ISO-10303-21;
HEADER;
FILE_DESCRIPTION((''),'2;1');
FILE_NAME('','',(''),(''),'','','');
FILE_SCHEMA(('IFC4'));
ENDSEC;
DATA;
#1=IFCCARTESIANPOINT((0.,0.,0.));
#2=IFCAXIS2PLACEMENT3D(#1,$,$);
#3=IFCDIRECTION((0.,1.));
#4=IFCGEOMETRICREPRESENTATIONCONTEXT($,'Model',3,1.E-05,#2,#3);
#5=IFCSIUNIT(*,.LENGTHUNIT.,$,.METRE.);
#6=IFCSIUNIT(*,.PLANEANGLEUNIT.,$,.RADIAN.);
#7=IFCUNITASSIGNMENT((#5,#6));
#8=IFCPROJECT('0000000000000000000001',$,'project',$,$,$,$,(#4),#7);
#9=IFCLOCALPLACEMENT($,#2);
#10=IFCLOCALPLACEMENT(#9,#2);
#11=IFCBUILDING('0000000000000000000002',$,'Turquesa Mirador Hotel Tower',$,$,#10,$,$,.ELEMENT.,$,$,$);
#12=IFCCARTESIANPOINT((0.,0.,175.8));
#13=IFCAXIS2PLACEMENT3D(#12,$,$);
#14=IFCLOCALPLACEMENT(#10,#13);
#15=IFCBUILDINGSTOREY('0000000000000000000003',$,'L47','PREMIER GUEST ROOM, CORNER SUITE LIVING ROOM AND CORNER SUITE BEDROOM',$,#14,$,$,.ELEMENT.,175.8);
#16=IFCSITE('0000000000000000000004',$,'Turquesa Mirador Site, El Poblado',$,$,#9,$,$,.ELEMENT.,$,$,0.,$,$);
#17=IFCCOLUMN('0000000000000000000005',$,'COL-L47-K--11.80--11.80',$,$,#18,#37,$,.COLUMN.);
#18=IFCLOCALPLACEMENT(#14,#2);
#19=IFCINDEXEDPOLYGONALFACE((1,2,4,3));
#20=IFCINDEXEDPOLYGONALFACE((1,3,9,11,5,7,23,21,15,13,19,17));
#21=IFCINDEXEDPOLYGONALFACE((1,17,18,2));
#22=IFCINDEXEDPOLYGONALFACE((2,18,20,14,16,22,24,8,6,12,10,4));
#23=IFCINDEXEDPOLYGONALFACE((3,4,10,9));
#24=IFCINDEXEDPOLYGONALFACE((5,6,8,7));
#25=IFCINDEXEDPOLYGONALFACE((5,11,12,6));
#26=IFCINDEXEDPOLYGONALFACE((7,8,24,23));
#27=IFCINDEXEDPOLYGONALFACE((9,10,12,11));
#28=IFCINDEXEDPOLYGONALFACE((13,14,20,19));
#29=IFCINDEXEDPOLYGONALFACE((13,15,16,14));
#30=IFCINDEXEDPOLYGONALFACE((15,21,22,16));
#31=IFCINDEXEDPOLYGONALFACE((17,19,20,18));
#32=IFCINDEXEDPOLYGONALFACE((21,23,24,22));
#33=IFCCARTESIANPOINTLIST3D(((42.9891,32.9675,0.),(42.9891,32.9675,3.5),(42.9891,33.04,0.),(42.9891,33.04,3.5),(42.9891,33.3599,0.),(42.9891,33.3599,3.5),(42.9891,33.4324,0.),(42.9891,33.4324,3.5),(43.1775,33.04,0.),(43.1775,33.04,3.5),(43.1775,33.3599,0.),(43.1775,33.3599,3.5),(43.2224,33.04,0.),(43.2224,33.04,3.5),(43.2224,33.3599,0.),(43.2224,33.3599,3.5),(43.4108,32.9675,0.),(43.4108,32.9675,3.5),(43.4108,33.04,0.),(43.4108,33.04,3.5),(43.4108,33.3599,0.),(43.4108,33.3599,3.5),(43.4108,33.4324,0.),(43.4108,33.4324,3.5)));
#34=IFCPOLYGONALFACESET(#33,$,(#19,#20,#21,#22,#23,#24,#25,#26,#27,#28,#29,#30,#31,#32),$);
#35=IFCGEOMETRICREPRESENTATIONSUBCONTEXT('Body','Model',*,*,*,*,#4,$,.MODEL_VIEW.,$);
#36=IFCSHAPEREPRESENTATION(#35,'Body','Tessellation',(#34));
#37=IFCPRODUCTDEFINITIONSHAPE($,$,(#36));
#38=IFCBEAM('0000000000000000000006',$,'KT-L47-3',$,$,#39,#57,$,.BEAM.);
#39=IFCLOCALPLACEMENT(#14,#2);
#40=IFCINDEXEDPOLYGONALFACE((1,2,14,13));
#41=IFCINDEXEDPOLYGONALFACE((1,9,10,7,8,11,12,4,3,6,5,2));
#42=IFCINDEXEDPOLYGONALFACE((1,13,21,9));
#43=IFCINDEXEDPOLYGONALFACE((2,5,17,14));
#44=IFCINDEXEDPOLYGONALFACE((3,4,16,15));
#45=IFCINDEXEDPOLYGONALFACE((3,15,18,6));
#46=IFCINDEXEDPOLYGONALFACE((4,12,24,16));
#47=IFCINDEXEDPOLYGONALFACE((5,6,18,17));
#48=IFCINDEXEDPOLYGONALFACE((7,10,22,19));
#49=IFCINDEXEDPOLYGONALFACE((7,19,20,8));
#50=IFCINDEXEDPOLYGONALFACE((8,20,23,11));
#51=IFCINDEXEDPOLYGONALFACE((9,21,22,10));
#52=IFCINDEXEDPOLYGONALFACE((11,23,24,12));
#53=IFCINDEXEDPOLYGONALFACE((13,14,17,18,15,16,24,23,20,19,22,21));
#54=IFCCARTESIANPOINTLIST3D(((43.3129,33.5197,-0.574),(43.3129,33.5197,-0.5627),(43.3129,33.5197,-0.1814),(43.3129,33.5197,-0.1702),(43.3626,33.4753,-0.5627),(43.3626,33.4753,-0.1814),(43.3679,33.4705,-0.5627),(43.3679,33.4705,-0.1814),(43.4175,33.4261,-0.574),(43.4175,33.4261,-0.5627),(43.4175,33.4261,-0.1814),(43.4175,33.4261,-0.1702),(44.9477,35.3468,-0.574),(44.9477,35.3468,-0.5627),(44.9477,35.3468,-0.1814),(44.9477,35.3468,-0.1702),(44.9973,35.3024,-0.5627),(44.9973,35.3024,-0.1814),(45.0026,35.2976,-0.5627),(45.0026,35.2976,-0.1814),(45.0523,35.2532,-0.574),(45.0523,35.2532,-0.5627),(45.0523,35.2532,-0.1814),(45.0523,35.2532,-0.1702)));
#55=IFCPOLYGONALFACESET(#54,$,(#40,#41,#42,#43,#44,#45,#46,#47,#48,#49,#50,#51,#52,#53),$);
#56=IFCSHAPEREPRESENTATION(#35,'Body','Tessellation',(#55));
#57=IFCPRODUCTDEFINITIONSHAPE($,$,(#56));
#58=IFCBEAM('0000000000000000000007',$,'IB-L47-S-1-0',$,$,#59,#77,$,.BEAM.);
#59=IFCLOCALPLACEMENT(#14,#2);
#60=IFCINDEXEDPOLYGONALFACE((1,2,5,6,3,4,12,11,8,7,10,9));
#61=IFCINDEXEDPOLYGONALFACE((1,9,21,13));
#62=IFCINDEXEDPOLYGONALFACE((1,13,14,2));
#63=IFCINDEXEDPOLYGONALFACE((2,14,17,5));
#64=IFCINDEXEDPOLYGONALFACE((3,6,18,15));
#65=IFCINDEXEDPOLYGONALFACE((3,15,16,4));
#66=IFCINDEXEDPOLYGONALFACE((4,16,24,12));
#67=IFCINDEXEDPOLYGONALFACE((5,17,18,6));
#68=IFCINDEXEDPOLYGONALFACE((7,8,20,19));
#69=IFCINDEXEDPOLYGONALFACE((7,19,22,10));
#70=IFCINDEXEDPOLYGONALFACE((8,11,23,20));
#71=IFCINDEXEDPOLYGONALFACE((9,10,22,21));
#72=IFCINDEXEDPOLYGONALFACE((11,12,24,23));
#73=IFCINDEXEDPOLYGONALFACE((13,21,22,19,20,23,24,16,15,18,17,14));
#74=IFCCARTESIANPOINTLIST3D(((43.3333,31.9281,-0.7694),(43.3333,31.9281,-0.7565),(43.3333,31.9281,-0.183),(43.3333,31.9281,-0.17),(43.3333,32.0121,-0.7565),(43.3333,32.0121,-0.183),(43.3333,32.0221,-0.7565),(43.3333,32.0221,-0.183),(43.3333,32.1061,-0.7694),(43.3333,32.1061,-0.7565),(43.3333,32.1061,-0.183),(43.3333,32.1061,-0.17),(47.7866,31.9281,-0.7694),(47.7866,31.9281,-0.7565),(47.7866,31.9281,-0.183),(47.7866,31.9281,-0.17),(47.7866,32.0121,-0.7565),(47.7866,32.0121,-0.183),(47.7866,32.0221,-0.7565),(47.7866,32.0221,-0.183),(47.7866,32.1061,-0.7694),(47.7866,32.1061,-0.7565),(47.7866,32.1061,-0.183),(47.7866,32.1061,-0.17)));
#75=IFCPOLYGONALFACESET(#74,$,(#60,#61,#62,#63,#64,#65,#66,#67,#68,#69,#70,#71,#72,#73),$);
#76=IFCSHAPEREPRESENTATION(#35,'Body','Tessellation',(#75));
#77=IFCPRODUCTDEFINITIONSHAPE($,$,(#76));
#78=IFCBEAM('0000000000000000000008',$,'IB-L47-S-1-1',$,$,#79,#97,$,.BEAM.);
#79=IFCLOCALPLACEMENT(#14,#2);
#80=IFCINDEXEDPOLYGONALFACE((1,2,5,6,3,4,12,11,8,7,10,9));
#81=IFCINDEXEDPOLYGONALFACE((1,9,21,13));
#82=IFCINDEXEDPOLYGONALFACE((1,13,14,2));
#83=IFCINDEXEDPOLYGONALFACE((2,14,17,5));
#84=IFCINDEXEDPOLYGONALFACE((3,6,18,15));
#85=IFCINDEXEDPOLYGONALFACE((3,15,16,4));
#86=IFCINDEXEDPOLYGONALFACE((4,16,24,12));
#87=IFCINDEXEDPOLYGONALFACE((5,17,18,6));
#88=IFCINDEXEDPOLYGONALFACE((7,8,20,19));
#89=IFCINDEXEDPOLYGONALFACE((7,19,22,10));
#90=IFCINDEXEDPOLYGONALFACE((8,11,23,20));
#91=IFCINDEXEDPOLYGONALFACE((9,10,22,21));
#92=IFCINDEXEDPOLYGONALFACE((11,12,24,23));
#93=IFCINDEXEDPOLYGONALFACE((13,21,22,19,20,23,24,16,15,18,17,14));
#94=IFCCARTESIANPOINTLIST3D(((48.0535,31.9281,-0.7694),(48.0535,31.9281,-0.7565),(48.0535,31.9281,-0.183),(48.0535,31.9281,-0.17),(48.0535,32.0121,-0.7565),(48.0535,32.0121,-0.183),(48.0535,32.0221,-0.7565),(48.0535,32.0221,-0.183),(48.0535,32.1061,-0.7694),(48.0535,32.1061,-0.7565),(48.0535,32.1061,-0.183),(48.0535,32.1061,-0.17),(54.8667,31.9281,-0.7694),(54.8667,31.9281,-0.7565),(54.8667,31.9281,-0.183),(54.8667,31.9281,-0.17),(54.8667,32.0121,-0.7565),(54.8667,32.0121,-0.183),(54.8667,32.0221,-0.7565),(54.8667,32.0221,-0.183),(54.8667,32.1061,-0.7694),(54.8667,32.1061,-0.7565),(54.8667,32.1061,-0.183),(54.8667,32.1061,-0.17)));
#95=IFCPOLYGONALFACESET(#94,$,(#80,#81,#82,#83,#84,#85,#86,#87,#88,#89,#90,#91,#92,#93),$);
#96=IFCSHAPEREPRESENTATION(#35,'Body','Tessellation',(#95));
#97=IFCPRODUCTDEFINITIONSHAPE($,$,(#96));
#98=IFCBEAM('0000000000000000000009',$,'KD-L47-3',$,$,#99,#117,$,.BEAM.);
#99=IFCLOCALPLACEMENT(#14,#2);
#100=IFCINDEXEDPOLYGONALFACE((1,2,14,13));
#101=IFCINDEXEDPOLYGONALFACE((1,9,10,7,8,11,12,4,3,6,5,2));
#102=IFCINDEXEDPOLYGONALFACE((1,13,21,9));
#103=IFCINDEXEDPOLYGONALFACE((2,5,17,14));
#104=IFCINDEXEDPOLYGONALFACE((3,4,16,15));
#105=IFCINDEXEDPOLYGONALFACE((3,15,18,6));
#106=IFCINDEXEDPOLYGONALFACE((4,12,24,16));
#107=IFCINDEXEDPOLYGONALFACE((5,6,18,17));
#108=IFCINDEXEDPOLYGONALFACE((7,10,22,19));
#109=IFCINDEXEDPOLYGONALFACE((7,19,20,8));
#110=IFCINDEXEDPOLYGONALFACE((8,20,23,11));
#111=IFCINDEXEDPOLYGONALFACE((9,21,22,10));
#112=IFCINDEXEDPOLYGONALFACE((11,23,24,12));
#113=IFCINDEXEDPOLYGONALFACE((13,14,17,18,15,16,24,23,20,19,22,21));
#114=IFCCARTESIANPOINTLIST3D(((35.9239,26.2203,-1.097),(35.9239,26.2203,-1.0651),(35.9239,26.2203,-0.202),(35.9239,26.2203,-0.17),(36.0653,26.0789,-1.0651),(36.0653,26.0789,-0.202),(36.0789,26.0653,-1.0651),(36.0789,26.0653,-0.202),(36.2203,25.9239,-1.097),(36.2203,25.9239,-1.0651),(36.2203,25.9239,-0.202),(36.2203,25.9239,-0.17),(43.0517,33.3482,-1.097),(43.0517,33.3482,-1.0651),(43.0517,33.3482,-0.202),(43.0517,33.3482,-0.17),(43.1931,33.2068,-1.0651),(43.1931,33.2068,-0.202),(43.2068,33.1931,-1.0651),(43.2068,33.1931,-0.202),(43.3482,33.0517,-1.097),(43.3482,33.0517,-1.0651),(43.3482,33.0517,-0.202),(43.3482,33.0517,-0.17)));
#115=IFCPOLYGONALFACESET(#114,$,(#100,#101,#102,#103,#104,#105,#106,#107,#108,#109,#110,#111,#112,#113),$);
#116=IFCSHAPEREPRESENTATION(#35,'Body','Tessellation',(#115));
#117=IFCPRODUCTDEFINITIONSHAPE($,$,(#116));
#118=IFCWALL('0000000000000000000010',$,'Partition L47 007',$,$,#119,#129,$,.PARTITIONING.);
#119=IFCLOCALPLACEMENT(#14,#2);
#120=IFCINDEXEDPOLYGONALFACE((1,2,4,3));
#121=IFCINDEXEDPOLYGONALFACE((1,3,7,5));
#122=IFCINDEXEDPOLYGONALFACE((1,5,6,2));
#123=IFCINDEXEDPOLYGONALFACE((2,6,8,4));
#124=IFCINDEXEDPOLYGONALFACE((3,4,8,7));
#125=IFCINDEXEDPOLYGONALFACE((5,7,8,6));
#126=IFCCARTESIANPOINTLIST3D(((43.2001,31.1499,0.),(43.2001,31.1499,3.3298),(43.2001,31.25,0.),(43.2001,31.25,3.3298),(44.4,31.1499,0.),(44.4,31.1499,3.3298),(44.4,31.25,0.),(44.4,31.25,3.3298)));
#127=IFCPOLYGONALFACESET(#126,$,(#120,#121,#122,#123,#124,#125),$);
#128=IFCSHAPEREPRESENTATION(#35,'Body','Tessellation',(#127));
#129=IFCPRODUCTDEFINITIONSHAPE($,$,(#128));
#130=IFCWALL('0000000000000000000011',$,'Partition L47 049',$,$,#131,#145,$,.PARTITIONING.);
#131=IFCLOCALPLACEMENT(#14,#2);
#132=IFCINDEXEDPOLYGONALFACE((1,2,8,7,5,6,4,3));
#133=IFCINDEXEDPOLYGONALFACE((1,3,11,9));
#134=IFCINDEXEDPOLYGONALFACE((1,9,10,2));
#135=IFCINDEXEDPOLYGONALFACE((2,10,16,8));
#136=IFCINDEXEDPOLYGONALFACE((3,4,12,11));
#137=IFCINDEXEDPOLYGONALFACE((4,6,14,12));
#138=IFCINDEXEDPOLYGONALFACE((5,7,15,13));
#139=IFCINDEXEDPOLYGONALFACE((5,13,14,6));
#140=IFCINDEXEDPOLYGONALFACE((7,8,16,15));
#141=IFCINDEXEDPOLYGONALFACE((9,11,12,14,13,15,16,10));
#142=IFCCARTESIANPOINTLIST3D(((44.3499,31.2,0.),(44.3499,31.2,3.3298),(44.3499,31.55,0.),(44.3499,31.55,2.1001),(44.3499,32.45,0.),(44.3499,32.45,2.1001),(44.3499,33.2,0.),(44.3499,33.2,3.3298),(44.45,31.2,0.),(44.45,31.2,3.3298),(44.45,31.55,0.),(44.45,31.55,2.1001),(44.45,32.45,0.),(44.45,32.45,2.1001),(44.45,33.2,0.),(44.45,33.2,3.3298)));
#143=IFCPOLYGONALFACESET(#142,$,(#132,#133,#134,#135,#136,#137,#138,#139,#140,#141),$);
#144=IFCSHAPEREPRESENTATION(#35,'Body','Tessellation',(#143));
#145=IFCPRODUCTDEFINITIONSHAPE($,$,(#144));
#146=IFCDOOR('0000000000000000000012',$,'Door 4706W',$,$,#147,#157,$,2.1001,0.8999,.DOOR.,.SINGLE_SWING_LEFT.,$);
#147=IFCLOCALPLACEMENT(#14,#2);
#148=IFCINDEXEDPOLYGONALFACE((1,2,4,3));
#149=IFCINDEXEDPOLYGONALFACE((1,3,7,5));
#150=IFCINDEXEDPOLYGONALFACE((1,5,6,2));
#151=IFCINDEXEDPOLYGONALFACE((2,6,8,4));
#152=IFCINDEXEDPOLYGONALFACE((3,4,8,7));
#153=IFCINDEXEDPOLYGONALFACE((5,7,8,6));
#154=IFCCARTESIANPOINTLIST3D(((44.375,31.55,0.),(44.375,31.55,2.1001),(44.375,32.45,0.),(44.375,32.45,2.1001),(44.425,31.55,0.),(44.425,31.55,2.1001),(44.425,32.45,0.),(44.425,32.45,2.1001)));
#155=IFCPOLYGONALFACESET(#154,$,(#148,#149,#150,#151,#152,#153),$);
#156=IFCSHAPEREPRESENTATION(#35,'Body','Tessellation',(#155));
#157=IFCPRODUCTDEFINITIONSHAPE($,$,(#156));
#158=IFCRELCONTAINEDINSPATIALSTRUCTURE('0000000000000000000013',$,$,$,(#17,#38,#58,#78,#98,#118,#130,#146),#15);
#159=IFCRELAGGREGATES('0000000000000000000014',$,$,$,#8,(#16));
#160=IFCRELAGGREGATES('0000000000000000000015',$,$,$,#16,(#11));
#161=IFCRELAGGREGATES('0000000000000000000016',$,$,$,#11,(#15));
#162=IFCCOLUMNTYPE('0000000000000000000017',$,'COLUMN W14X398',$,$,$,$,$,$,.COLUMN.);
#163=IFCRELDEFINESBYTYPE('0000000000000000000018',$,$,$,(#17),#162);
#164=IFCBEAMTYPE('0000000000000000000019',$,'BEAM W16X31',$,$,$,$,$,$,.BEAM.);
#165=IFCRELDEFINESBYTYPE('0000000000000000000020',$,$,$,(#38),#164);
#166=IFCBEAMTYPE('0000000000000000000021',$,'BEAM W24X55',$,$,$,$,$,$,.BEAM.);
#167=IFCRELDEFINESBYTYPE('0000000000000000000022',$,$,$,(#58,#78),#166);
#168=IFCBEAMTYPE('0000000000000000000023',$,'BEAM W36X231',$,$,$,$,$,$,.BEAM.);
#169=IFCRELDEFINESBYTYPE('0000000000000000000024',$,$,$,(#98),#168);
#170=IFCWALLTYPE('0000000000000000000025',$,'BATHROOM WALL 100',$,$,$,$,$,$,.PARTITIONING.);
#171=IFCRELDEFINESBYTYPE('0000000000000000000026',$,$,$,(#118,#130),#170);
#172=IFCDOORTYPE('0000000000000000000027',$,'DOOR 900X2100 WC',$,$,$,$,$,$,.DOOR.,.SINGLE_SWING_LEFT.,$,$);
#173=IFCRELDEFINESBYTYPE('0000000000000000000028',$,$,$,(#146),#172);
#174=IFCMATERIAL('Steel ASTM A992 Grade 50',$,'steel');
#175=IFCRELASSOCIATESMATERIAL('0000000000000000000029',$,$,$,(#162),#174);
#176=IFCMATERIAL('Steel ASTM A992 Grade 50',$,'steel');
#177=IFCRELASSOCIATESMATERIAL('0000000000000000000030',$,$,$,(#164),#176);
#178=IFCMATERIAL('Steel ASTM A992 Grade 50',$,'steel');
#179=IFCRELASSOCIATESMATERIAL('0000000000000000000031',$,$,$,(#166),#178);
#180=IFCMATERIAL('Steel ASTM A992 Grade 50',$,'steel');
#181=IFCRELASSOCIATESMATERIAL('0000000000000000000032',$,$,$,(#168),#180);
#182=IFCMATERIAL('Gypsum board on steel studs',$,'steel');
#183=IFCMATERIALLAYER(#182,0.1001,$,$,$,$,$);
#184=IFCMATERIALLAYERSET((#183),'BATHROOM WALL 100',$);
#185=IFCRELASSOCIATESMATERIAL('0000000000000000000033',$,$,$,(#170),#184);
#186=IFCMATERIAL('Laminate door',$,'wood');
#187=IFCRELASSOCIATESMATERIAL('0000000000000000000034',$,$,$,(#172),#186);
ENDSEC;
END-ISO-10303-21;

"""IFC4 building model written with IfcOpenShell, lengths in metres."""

from ifc_helpers import new_model, si_unit, direction, frame, frame_2d, origin, origin_2d, place, context, subcontext, project, spatial, rectangle, i_section, extrude, material, layer, layer_set, material_profile, profile_set, type_object, element, fill, save


model = new_model("IFC4")

# Units and contexts
model_context = context("Model", 3, precision=1e-05, world=origin(), true_north=direction((0.0, 1.0)))
body_context = subcontext(model_context, "Body", "Model", "MODEL_VIEW")
ifc_project = project(units=[si_unit("LENGTHUNIT", "METRE"), si_unit("PLANEANGLEUNIT", "RADIAN")], contexts=[model_context])

# Site, building, storey
site_placement = place(None, origin())
site = spatial("IfcSite", under=ifc_project, at=site_placement, Name="Turquesa Mirador Site, El Poblado", CompositionType="ELEMENT", RefElevation=0.0)
building_placement = place(site_placement, origin())
building = spatial("IfcBuilding", under=site, at=building_placement, Name="Turquesa Mirador Hotel Tower", CompositionType="ELEMENT")
storey_placement = place(building_placement, frame((0.0, 0.0, 175.8)))
storey = spatial("IfcBuildingStorey", under=building, at=storey_placement, Name="L47", Description="PREMIER GUEST ROOM, CORNER SUITE LIVING ROOM AND CORNER SUITE BEDROOM", CompositionType="ELEMENT", Elevation=175.8)

# Column
ifc_material_1 = material(Name="Steel ASTM A992 Grade 50", Category="steel")
ifc_material_profile_1 = material_profile(ifc_material_1, i_section(OverallWidth=0.4216, OverallDepth=0.4648, WebThickness=0.0449, FlangeThickness=0.0725, at=origin_2d()), Name="W14X398")
ifc_profile_set_1 = profile_set([ifc_material_profile_1], Name="Steel ASTM A992 Grade 50")
column_type = type_object("IfcColumnType", Name="COLUMN W14X398", PredefinedType="COLUMN", material=ifc_profile_set_1)
column_placement = place(storey_placement, frame((43.2, 33.2, 0.0), z_axis=(0.0, 0.0, 1.0), x_axis=(1.0, 0.0, 0.0)))
element("IfcColumn", 1, at=column_placement, inside=storey, type_object=column_type, Name="COL-L47-K--11.80--11.80", PredefinedType="COLUMN", context=body_context, shape_type="SweptSolid", body=[
    extrude(i_section(OverallWidth=0.4216, OverallDepth=0.4648, WebThickness=0.0449, FlangeThickness=0.0725, at=origin_2d()), origin(), (0.0, 0.0, 1.0), 3.5),
])

# Beams
ifc_material_2 = material(Name="Steel ASTM A992 Grade 50", Category="steel")
ifc_material_profile_2 = material_profile(ifc_material_2, i_section(OverallWidth=0.1404, OverallDepth=0.4038, WebThickness=0.0071, FlangeThickness=0.0112, at=origin_2d()), Name="W16X31")
ifc_profile_set_2 = profile_set([ifc_material_profile_2], Name="Steel ASTM A992 Grade 50")
beam_type_1 = type_object("IfcBeamType", Name="BEAM W16X31", PredefinedType="BEAM", material=ifc_profile_set_2)
beam_1_placement = place(storey_placement, frame((43.3652, 33.4729, -0.3721), z_axis=(0.666783, 0.745252, 0.0), x_axis=(-0.745252, 0.666783, 0.0)))
element("IfcBeam", 2, at=beam_1_placement, inside=storey, type_object=beam_type_1, Name="KT-L47-3", PredefinedType="BEAM", context=body_context, shape_type="SweptSolid", body=[
    extrude(i_section(OverallWidth=0.1404, OverallDepth=0.4038, WebThickness=0.0071, FlangeThickness=0.0112, at=origin_2d()), origin(), (0.0, 0.0, 1.0), 2.4517),
])
ifc_material_3 = material(Name="Steel ASTM A992 Grade 50", Category="steel")
ifc_material_profile_3 = material_profile(ifc_material_3, i_section(OverallWidth=0.178, OverallDepth=0.5994, WebThickness=0.01, FlangeThickness=0.0129, at=origin_2d()), Name="W24X55")
ifc_profile_set_3 = profile_set([ifc_material_profile_3], Name="Steel ASTM A992 Grade 50")
beam_type_2 = type_object("IfcBeamType", Name="BEAM W24X55", PredefinedType="BEAM", material=ifc_profile_set_3)
beam_2_placement = place(storey_placement, frame((43.3333, 32.0171, -0.4697), z_axis=(1.0, 0.0, 0.0), x_axis=(0.0, 1.0, 0.0)))
element("IfcBeam", 3, at=beam_2_placement, inside=storey, type_object=beam_type_2, Name="IB-L47-S-1-0", PredefinedType="BEAM", context=body_context, shape_type="SweptSolid", body=[
    extrude(i_section(OverallWidth=0.178, OverallDepth=0.5994, WebThickness=0.01, FlangeThickness=0.0129, at=origin_2d()), origin(), (0.0, 0.0, 1.0), 4.4534),
])
beam_3_placement = place(storey_placement, frame((48.0535, 32.0171, -0.4697), z_axis=(1.0, 0.0, 0.0), x_axis=(0.0, 1.0, 0.0)))
element("IfcBeam", 4, at=beam_3_placement, inside=storey, type_object=beam_type_2, Name="IB-L47-S-1-1", PredefinedType="BEAM", context=body_context, shape_type="SweptSolid", body=[
    extrude(i_section(OverallWidth=0.178, OverallDepth=0.5994, WebThickness=0.01, FlangeThickness=0.0129, at=origin_2d()), origin(), (0.0, 0.0, 1.0), 6.8132),
])
ifc_material_4 = material(Name="Steel ASTM A992 Grade 50", Category="steel")
ifc_material_profile_4 = material_profile(ifc_material_4, i_section(OverallWidth=0.4192, OverallDepth=0.927, WebThickness=0.0193, FlangeThickness=0.032, at=origin_2d()), Name="W36X231")
ifc_profile_set_4 = profile_set([ifc_material_profile_4], Name="Steel ASTM A992 Grade 50")
beam_type_3 = type_object("IfcBeamType", Name="BEAM W36X231", PredefinedType="BEAM", material=ifc_profile_set_4)
beam_4_placement = place(storey_placement, frame((43.2, 33.2, -0.6335), z_axis=(-0.707107, -0.707107, 0.0), x_axis=(0.707107, -0.707107, 0.0)))
element("IfcBeam", 5, at=beam_4_placement, inside=storey, type_object=beam_type_3, Name="KD-L47-3", PredefinedType="BEAM", context=body_context, shape_type="SweptSolid", body=[
    extrude(i_section(OverallWidth=0.4192, OverallDepth=0.927, WebThickness=0.0193, FlangeThickness=0.032, at=origin_2d()), origin(), (0.0, 0.0, 1.0), 10.0803),
])

# Wall
ifc_material_5 = material(Name="Gypsum board on steel studs", Category="steel")
ifc_layer_1 = layer(ifc_material_5, 0.1001)
ifc_layer_set_1 = layer_set([ifc_layer_1], Name="BATHROOM WALL 100")
wall_type_1 = type_object("IfcWallType", Name="BATHROOM WALL 100", PredefinedType="PARTITIONING", material=ifc_layer_set_1)
wall_1_placement = place(storey_placement, frame((43.2, 31.2, 0.0), z_axis=(0.0, 0.0, 1.0), x_axis=(1.0, 0.0, 0.0)))
element("IfcWall", 6, at=wall_1_placement, inside=storey, type_object=wall_type_1, Name="Partition L47 007", PredefinedType="PARTITIONING", context=body_context, shape_type="SweptSolid", body=[
    extrude(rectangle(XDim=1.2, YDim=0.1001, at=frame_2d((0.6001, 0.0))), origin(), (0.0, 0.0, 1.0), 3.3298),
])

# Wall, opening, door
wall_2_placement = place(storey_placement, frame((44.3999, 31.2, 0.0), z_axis=(0.0, 0.0, 1.0), x_axis=(0.0, 1.0, 0.0)))
wall_2 = element("IfcWall", 7, at=wall_2_placement, inside=storey, type_object=wall_type_1, Name="Partition L47 049", PredefinedType="PARTITIONING", context=body_context, shape_type="SweptSolid", body=[
    extrude(rectangle(XDim=2.0, YDim=0.1001, at=frame_2d((1.0, 0.0))), origin(), (0.0, 0.0, 1.0), 3.3298),
])
opening_1_placement = place(wall_2_placement, frame((0.3501, 0.0, 0.0)))
opening_1 = element("IfcOpeningElement", 8, at=opening_1_placement, cuts=wall_2, PredefinedType="OPENING", context=body_context, shape_type="SweptSolid", body=[
    extrude(rectangle(XDim=0.8999, YDim=2.1001, at=frame_2d((0.45, 1.05))), frame((0.0, 0.0601, 0.0), z_axis=(0.0, -1.0, 0.0), x_axis=(1.0, 0.0, 0.0)), (0.0, 0.0, 1.0), 0.1201),
])
ifc_material_6 = material(Name="Laminate door", Category="wood")
door_type_1 = type_object("IfcDoorType", Name="DOOR 900X2100 WC", OperationType="SINGLE_SWING_LEFT", PredefinedType="DOOR", material=ifc_material_6)
door_1_placement = place(opening_1_placement, origin())
door_1 = element("IfcDoor", 9, at=door_1_placement, inside=storey, type_object=door_type_1, Name="Door 4706W", OperationType="SINGLE_SWING_LEFT", OverallHeight=2.1001, OverallWidth=0.8999, PredefinedType="DOOR", context=body_context, shape_type="SweptSolid", body=[
    extrude(rectangle(XDim=0.8999, YDim=2.1001, at=frame_2d((0.45, 1.05))), frame((0.0, 0.0249, 0.0), z_axis=(0.0, -1.0, 0.0), x_axis=(1.0, 0.0, 0.0)), (0.0, 0.0, 1.0), 0.05),
])
fill(opening_1, door_1)

save(model, "model.ifc")
